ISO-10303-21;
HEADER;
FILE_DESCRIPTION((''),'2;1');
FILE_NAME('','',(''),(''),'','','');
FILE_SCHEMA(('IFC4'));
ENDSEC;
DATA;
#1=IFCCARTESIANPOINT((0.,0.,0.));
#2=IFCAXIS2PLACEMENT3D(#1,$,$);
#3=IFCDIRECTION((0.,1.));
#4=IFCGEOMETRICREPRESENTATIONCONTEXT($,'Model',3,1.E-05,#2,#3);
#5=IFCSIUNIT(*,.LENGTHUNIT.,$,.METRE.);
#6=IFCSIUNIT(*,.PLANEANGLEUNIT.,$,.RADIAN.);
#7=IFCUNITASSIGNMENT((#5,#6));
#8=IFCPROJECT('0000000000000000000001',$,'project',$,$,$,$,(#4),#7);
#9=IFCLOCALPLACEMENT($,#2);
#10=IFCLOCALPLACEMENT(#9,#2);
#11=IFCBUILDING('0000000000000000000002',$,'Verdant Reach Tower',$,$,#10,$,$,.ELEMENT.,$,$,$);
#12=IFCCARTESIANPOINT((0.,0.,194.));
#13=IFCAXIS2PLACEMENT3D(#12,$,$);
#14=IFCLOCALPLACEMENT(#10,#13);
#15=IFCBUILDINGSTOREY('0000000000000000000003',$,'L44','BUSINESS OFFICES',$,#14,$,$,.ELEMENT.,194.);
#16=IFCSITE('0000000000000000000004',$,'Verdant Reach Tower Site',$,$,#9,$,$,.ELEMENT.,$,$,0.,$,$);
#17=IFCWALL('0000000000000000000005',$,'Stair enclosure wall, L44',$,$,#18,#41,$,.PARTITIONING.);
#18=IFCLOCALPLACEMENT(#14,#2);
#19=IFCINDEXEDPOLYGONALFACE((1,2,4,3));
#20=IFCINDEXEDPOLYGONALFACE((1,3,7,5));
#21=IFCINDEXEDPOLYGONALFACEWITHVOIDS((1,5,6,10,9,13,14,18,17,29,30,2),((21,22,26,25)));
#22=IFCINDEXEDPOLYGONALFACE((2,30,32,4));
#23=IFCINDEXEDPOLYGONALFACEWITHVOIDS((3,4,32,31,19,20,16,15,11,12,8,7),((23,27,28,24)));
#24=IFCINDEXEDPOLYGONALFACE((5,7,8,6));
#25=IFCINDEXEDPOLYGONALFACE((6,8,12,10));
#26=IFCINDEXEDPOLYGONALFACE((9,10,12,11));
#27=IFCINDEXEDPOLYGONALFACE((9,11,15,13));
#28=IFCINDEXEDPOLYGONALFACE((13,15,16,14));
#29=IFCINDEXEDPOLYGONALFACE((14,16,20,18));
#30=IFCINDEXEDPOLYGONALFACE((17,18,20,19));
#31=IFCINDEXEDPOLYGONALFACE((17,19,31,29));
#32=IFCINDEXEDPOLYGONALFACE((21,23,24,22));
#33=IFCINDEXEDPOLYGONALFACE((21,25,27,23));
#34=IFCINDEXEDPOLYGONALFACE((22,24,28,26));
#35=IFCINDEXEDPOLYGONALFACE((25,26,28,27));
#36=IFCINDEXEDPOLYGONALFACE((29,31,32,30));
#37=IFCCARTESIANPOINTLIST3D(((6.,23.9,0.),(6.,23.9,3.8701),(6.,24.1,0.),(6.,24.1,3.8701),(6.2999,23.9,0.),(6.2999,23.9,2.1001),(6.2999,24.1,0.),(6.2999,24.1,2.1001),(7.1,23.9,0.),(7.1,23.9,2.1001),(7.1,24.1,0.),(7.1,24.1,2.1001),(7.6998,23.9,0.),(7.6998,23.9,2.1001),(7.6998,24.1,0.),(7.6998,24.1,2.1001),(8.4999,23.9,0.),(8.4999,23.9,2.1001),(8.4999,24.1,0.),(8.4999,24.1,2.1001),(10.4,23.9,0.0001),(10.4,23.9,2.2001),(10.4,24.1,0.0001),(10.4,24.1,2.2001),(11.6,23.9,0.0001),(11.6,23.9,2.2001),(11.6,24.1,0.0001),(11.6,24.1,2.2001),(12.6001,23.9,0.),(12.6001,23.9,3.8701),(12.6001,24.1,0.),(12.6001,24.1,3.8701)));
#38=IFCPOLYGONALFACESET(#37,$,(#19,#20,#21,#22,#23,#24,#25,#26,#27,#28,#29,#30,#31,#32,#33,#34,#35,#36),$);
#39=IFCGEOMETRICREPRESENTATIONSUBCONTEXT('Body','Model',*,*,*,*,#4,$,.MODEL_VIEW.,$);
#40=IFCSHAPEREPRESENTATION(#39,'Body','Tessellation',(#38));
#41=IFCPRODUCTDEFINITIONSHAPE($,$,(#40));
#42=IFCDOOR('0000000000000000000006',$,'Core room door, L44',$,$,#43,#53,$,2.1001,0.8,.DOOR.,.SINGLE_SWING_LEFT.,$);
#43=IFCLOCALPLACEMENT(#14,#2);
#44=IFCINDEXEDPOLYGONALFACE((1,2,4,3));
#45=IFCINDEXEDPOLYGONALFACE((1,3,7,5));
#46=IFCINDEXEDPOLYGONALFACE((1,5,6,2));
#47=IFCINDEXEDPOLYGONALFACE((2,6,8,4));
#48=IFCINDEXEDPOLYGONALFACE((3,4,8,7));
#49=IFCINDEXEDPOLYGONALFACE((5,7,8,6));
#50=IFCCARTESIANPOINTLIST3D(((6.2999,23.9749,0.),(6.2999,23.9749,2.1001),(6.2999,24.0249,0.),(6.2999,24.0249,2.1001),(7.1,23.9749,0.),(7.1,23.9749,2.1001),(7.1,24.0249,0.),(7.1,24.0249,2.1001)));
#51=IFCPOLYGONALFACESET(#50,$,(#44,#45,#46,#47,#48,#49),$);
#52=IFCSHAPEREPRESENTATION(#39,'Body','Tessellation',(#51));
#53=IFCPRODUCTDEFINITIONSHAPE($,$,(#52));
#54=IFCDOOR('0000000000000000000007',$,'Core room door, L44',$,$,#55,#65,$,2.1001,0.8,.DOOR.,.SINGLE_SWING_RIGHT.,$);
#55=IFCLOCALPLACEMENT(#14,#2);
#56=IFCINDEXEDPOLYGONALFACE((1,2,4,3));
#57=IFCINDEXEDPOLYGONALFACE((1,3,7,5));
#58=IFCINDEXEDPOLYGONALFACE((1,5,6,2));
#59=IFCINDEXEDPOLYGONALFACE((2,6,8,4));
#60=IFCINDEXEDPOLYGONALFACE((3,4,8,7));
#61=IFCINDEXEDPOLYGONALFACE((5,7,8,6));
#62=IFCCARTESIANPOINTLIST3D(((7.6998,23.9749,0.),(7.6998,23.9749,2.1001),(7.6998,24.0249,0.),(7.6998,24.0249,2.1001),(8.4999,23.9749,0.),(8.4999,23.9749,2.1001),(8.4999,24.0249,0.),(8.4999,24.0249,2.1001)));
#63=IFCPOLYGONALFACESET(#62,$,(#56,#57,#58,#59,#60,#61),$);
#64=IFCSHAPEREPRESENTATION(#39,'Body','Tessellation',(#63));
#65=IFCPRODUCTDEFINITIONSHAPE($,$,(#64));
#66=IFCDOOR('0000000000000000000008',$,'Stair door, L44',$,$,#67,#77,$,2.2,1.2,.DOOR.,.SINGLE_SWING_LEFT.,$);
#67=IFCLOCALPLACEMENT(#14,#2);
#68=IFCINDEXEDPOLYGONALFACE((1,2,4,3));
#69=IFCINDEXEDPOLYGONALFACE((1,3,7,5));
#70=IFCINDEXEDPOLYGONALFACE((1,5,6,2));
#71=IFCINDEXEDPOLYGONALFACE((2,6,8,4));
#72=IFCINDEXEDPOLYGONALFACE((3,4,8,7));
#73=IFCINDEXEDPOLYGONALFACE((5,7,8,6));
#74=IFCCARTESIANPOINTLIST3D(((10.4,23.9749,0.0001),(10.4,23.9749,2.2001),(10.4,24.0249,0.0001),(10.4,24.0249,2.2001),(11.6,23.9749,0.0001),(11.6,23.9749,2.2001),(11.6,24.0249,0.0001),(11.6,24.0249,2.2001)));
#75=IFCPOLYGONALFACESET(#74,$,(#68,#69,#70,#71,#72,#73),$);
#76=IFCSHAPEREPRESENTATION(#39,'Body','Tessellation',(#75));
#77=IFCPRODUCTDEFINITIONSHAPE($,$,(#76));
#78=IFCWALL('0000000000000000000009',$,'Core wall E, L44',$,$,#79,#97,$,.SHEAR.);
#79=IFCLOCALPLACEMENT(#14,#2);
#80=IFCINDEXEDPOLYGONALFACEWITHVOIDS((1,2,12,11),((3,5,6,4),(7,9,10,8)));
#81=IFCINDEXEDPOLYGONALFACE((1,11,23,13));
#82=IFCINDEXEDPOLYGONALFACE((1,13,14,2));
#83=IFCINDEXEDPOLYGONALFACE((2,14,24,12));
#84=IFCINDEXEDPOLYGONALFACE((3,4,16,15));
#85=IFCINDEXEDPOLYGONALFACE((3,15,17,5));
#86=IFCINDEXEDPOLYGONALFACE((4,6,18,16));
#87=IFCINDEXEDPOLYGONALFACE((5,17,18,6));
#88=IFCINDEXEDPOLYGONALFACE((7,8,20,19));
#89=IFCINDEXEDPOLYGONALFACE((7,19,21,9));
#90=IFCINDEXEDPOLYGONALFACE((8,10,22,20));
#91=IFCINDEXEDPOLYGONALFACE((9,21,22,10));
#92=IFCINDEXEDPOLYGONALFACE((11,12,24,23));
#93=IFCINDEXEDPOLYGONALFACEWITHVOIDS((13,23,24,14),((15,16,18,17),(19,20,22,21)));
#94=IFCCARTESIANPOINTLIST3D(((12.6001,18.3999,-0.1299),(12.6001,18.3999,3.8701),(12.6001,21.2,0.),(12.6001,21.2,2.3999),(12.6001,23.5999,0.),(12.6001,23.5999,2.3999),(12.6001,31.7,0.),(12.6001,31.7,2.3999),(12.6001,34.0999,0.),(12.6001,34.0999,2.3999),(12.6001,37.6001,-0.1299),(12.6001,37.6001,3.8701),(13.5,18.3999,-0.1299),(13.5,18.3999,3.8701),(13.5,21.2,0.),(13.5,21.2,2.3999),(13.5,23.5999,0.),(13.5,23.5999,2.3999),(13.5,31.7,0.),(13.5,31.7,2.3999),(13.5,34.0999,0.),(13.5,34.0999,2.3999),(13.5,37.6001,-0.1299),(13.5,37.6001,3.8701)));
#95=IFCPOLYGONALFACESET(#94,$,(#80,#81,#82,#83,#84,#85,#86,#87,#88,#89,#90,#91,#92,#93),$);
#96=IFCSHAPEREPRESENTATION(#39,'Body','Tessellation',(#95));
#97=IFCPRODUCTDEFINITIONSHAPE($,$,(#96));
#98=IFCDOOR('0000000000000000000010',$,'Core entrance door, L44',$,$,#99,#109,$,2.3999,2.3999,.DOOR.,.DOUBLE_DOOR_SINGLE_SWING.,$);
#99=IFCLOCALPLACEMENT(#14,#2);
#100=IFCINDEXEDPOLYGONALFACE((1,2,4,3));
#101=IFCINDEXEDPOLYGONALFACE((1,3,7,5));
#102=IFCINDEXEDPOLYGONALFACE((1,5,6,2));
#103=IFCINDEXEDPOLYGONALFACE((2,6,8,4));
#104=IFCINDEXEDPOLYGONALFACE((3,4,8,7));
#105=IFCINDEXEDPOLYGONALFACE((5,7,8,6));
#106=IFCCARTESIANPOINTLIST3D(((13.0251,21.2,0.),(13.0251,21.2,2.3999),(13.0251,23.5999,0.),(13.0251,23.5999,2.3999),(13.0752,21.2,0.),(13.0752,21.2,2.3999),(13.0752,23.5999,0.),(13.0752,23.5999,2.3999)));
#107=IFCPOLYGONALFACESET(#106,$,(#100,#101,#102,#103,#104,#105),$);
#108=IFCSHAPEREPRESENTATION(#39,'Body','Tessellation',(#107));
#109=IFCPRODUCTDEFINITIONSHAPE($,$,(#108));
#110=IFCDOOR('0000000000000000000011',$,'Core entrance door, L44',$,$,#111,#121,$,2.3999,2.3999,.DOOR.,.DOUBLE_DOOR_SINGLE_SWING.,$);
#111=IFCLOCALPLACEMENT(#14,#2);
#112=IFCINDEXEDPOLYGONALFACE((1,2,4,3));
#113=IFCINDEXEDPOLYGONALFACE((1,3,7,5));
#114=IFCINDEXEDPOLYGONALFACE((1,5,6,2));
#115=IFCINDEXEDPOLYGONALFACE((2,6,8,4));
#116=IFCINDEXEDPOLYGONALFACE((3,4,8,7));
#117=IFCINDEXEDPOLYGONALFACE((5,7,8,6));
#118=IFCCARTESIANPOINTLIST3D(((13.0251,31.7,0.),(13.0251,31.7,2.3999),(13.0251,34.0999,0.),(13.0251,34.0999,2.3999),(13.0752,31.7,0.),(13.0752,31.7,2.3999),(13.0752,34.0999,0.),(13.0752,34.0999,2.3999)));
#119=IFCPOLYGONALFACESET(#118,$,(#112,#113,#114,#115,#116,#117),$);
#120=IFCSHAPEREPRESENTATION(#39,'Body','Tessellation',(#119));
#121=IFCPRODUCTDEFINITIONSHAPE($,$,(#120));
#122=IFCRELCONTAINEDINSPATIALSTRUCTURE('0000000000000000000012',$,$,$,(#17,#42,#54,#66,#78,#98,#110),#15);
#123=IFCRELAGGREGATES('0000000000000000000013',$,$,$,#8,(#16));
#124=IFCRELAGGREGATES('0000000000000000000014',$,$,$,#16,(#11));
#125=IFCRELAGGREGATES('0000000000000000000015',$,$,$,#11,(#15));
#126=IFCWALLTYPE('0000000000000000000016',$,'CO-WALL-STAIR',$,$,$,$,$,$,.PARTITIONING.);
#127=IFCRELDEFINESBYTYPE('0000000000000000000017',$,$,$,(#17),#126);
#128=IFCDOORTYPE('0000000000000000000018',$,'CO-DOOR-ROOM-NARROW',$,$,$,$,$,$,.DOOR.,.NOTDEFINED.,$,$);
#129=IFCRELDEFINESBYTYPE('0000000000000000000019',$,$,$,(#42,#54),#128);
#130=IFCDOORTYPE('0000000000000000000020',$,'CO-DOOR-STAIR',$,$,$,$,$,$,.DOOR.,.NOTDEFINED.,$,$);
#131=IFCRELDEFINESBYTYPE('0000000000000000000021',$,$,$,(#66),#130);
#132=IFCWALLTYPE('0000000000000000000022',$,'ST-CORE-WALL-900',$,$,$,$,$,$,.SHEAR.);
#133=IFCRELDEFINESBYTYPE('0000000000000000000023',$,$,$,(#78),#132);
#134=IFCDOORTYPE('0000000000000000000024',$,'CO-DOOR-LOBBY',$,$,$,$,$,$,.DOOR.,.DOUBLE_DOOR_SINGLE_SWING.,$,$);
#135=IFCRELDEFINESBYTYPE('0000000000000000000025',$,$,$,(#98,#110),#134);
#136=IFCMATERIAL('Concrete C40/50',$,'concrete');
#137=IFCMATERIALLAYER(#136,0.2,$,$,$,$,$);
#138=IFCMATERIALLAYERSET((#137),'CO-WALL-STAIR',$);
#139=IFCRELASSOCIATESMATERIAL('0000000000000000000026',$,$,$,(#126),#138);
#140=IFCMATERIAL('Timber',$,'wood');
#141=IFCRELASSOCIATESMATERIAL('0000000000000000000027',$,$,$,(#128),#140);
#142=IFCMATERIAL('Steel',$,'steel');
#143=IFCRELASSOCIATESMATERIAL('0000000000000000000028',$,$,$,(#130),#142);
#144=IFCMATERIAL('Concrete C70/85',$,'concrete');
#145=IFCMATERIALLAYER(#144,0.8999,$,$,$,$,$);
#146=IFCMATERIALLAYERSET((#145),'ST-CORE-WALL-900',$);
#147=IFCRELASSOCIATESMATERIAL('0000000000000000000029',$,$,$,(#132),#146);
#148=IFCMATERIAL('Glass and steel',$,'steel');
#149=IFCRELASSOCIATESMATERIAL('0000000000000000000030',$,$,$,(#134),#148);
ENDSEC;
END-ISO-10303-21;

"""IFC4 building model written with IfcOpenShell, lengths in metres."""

from ifc_helpers import new_model, si_unit, direction, frame, frame_2d, origin, place, context, subcontext, project, spatial, rectangle, extrude, material, layer, layer_set, type_object, element, fill, save


model = new_model("IFC4")

# Units and contexts
model_context = context("Model", 3, precision=1e-05, world=origin(), true_north=direction((0.0, 1.0)))
body_context = subcontext(model_context, "Body", "Model", "MODEL_VIEW")
ifc_project = project(units=[si_unit("LENGTHUNIT", "METRE"), si_unit("PLANEANGLEUNIT", "RADIAN")], contexts=[model_context])

# Site, building, storey
site_placement = place(None, origin())
site = spatial("IfcSite", under=ifc_project, at=site_placement, Name="Verdant Reach Tower Site", CompositionType="ELEMENT", RefElevation=0.0)
building_placement = place(site_placement, origin())
building = spatial("IfcBuilding", under=site, at=building_placement, Name="Verdant Reach Tower", CompositionType="ELEMENT")
storey_placement = place(building_placement, frame((0.0, 0.0, 194.0)))
storey = spatial("IfcBuildingStorey", under=building, at=storey_placement, Name="L44", Description="BUSINESS OFFICES", CompositionType="ELEMENT", Elevation=194.0)

# Shared definitions
ifc_material_1 = material(Name="Timber", Category="wood")

# Shared definitions
ifc_material_2 = material(Name="Concrete C40/50", Category="concrete")

# Walls, openings, doors
ifc_layer_1 = layer(ifc_material_2, 0.2)
ifc_layer_set_1 = layer_set([ifc_layer_1], Name="CO-WALL-STAIR")
wall_type_1 = type_object("IfcWallType", Name="CO-WALL-STAIR", PredefinedType="PARTITIONING", material=ifc_layer_set_1)
wall_1_placement = place(storey_placement, frame((6.0, 24.0, 0.0), z_axis=(0.0, 0.0, 1.0), x_axis=(1.0, 0.0, 0.0)))
wall_1 = element("IfcWall", 1, at=wall_1_placement, inside=storey, type_object=wall_type_1, Name="Stair enclosure wall, L44", PredefinedType="PARTITIONING", context=body_context, shape_type="SweptSolid", body=[
    extrude(rectangle(XDim=6.6001, YDim=0.2, at=frame_2d((3.3, 0.0))), origin(), (0.0, 0.0, 1.0), 3.8701),
])
opening_1_placement = place(wall_1_placement, frame((0.3, 0.0, 0.0)))
opening_1 = element("IfcOpeningElement", 2, at=opening_1_placement, cuts=wall_1, PredefinedType="OPENING", context=body_context, shape_type="SweptSolid", body=[
    extrude(rectangle(XDim=0.8, YDim=2.1001, at=frame_2d((0.3999, 1.05))), frame((0.0, 0.1099, 0.0), z_axis=(0.0, -1.0, 0.0), x_axis=(1.0, 0.0, 0.0)), (0.0, 0.0, 1.0), 0.22),
])
opening_2_placement = place(wall_1_placement, frame((1.7, 0.0, 0.0)))
opening_2 = element("IfcOpeningElement", 3, at=opening_2_placement, cuts=wall_1, PredefinedType="OPENING", context=body_context, shape_type="SweptSolid", body=[
    extrude(rectangle(XDim=0.8, YDim=2.1001, at=frame_2d((0.3999, 1.05))), frame((0.0, 0.1099, 0.0), z_axis=(0.0, -1.0, 0.0), x_axis=(1.0, 0.0, 0.0)), (0.0, 0.0, 1.0), 0.22),
])
opening_3_placement = place(wall_1_placement, frame((4.3999, 0.0, 0.0)))
opening_3 = element("IfcOpeningElement", 4, at=opening_3_placement, cuts=wall_1, PredefinedType="OPENING", context=body_context, shape_type="SweptSolid", body=[
    extrude(rectangle(XDim=1.2, YDim=2.2, at=frame_2d((0.6001, 1.1001))), frame((0.0, 0.1099, 0.0), z_axis=(0.0, -1.0, 0.0), x_axis=(1.0, 0.0, 0.0)), (0.0, 0.0, 1.0), 0.22),
])
door_type_1 = type_object("IfcDoorType", Name="CO-DOOR-ROOM-NARROW", OperationType="NOTDEFINED", PredefinedType="DOOR", material=ifc_material_1)
door_1_placement = place(opening_1_placement, origin())
door_1 = element("IfcDoor", 5, at=door_1_placement, inside=storey, type_object=door_type_1, Name="Core room door, L44", OperationType="SINGLE_SWING_LEFT", OverallHeight=2.1001, OverallWidth=0.8, PredefinedType="DOOR", context=body_context, shape_type="SweptSolid", body=[
    extrude(rectangle(XDim=0.8, YDim=2.1001, at=frame_2d((0.3999, 1.05))), frame((0.0, 0.0249, 0.0), z_axis=(0.0, -1.0, 0.0), x_axis=(1.0, 0.0, 0.0)), (0.0, 0.0, 1.0), 0.05),
])
fill(opening_1, door_1)
door_2_placement = place(opening_2_placement, origin())
door_2 = element("IfcDoor", 6, at=door_2_placement, inside=storey, type_object=door_type_1, Name="Core room door, L44", OperationType="SINGLE_SWING_RIGHT", OverallHeight=2.1001, OverallWidth=0.8, PredefinedType="DOOR", context=body_context, shape_type="SweptSolid", body=[
    extrude(rectangle(XDim=0.8, YDim=2.1001, at=frame_2d((0.3999, 1.05))), frame((0.0, 0.0249, 0.0), z_axis=(0.0, -1.0, 0.0), x_axis=(1.0, 0.0, 0.0)), (0.0, 0.0, 1.0), 0.05),
])
fill(opening_2, door_2)
ifc_material_3 = material(Name="Steel", Category="steel")
door_type_2 = type_object("IfcDoorType", Name="CO-DOOR-STAIR", OperationType="NOTDEFINED", PredefinedType="DOOR", material=ifc_material_3)
door_3_placement = place(opening_3_placement, origin())
door_3 = element("IfcDoor", 7, at=door_3_placement, inside=storey, type_object=door_type_2, Name="Stair door, L44", OperationType="SINGLE_SWING_LEFT", OverallHeight=2.2, OverallWidth=1.2, PredefinedType="DOOR", context=body_context, shape_type="SweptSolid", body=[
    extrude(rectangle(XDim=1.2, YDim=2.2, at=frame_2d((0.6001, 1.1001))), frame((0.0, 0.0249, 0.0), z_axis=(0.0, -1.0, 0.0), x_axis=(1.0, 0.0, 0.0)), (0.0, 0.0, 1.0), 0.05),
])
fill(opening_3, door_3)
ifc_material_4 = material(Name="Concrete C70/85", Category="concrete")
ifc_layer_2 = layer(ifc_material_4, 0.8999)
ifc_layer_set_2 = layer_set([ifc_layer_2], Name="ST-CORE-WALL-900")
wall_type_2 = type_object("IfcWallType", Name="ST-CORE-WALL-900", PredefinedType="SHEAR", material=ifc_layer_set_2)
wall_2_placement = place(storey_placement, frame((13.05, 18.3999, -0.1299), z_axis=(0.0, 0.0, 1.0), x_axis=(0.0, 1.0, 0.0)))
wall_2 = element("IfcWall", 8, at=wall_2_placement, inside=storey, type_object=wall_type_2, Name="Core wall E, L44", PredefinedType="SHEAR", context=body_context, shape_type="SweptSolid", body=[
    extrude(rectangle(XDim=19.2002, YDim=0.8999, at=frame_2d((9.6001, 0.0))), origin(), (0.0, 0.0, 1.0), 4.0),
])
opening_4_placement = place(wall_2_placement, frame((2.8, 0.0, 0.1299)))
opening_4 = element("IfcOpeningElement", 9, at=opening_4_placement, cuts=wall_2, PredefinedType="OPENING", context=body_context, shape_type="SweptSolid", body=[
    extrude(rectangle(XDim=2.3999, YDim=2.3999, at=frame_2d((1.2, 1.2))), frame((0.0, 0.46, 0.0), z_axis=(0.0, -1.0, 0.0), x_axis=(1.0, 0.0, 0.0)), (0.0, 0.0, 1.0), 0.9199),
])
opening_5_placement = place(wall_2_placement, frame((13.3, 0.0, 0.1299)))
opening_5 = element("IfcOpeningElement", 10, at=opening_5_placement, cuts=wall_2, PredefinedType="OPENING", context=body_context, shape_type="SweptSolid", body=[
    extrude(rectangle(XDim=2.3999, YDim=2.3999, at=frame_2d((1.2, 1.2))), frame((0.0, 0.46, 0.0), z_axis=(0.0, -1.0, 0.0), x_axis=(1.0, 0.0, 0.0)), (0.0, 0.0, 1.0), 0.9199),
])
ifc_material_5 = material(Name="Glass and steel", Category="steel")
door_type_3 = type_object("IfcDoorType", Name="CO-DOOR-LOBBY", OperationType="DOUBLE_DOOR_SINGLE_SWING", PredefinedType="DOOR", material=ifc_material_5)
door_4_placement = place(opening_4_placement, origin())
door_4 = element("IfcDoor", 11, at=door_4_placement, inside=storey, type_object=door_type_3, Name="Core entrance door, L44", OperationType="DOUBLE_DOOR_SINGLE_SWING", OverallHeight=2.3999, OverallWidth=2.3999, PredefinedType="DOOR", context=body_context, shape_type="SweptSolid", body=[
    extrude(rectangle(XDim=2.3999, YDim=2.3999, at=frame_2d((1.2, 1.2))), frame((0.0, 0.0249, 0.0), z_axis=(0.0, -1.0, 0.0), x_axis=(1.0, 0.0, 0.0)), (0.0, 0.0, 1.0), 0.05),
])
fill(opening_4, door_4)
door_5_placement = place(opening_5_placement, origin())
door_5 = element("IfcDoor", 12, at=door_5_placement, inside=storey, type_object=door_type_3, Name="Core entrance door, L44", OperationType="DOUBLE_DOOR_SINGLE_SWING", OverallHeight=2.3999, OverallWidth=2.3999, PredefinedType="DOOR", context=body_context, shape_type="SweptSolid", body=[
    extrude(rectangle(XDim=2.3999, YDim=2.3999, at=frame_2d((1.2, 1.2))), frame((0.0, 0.0249, 0.0), z_axis=(0.0, -1.0, 0.0), x_axis=(1.0, 0.0, 0.0)), (0.0, 0.0, 1.0), 0.05),
])
fill(opening_5, door_5)

save(model, "model.ifc")
